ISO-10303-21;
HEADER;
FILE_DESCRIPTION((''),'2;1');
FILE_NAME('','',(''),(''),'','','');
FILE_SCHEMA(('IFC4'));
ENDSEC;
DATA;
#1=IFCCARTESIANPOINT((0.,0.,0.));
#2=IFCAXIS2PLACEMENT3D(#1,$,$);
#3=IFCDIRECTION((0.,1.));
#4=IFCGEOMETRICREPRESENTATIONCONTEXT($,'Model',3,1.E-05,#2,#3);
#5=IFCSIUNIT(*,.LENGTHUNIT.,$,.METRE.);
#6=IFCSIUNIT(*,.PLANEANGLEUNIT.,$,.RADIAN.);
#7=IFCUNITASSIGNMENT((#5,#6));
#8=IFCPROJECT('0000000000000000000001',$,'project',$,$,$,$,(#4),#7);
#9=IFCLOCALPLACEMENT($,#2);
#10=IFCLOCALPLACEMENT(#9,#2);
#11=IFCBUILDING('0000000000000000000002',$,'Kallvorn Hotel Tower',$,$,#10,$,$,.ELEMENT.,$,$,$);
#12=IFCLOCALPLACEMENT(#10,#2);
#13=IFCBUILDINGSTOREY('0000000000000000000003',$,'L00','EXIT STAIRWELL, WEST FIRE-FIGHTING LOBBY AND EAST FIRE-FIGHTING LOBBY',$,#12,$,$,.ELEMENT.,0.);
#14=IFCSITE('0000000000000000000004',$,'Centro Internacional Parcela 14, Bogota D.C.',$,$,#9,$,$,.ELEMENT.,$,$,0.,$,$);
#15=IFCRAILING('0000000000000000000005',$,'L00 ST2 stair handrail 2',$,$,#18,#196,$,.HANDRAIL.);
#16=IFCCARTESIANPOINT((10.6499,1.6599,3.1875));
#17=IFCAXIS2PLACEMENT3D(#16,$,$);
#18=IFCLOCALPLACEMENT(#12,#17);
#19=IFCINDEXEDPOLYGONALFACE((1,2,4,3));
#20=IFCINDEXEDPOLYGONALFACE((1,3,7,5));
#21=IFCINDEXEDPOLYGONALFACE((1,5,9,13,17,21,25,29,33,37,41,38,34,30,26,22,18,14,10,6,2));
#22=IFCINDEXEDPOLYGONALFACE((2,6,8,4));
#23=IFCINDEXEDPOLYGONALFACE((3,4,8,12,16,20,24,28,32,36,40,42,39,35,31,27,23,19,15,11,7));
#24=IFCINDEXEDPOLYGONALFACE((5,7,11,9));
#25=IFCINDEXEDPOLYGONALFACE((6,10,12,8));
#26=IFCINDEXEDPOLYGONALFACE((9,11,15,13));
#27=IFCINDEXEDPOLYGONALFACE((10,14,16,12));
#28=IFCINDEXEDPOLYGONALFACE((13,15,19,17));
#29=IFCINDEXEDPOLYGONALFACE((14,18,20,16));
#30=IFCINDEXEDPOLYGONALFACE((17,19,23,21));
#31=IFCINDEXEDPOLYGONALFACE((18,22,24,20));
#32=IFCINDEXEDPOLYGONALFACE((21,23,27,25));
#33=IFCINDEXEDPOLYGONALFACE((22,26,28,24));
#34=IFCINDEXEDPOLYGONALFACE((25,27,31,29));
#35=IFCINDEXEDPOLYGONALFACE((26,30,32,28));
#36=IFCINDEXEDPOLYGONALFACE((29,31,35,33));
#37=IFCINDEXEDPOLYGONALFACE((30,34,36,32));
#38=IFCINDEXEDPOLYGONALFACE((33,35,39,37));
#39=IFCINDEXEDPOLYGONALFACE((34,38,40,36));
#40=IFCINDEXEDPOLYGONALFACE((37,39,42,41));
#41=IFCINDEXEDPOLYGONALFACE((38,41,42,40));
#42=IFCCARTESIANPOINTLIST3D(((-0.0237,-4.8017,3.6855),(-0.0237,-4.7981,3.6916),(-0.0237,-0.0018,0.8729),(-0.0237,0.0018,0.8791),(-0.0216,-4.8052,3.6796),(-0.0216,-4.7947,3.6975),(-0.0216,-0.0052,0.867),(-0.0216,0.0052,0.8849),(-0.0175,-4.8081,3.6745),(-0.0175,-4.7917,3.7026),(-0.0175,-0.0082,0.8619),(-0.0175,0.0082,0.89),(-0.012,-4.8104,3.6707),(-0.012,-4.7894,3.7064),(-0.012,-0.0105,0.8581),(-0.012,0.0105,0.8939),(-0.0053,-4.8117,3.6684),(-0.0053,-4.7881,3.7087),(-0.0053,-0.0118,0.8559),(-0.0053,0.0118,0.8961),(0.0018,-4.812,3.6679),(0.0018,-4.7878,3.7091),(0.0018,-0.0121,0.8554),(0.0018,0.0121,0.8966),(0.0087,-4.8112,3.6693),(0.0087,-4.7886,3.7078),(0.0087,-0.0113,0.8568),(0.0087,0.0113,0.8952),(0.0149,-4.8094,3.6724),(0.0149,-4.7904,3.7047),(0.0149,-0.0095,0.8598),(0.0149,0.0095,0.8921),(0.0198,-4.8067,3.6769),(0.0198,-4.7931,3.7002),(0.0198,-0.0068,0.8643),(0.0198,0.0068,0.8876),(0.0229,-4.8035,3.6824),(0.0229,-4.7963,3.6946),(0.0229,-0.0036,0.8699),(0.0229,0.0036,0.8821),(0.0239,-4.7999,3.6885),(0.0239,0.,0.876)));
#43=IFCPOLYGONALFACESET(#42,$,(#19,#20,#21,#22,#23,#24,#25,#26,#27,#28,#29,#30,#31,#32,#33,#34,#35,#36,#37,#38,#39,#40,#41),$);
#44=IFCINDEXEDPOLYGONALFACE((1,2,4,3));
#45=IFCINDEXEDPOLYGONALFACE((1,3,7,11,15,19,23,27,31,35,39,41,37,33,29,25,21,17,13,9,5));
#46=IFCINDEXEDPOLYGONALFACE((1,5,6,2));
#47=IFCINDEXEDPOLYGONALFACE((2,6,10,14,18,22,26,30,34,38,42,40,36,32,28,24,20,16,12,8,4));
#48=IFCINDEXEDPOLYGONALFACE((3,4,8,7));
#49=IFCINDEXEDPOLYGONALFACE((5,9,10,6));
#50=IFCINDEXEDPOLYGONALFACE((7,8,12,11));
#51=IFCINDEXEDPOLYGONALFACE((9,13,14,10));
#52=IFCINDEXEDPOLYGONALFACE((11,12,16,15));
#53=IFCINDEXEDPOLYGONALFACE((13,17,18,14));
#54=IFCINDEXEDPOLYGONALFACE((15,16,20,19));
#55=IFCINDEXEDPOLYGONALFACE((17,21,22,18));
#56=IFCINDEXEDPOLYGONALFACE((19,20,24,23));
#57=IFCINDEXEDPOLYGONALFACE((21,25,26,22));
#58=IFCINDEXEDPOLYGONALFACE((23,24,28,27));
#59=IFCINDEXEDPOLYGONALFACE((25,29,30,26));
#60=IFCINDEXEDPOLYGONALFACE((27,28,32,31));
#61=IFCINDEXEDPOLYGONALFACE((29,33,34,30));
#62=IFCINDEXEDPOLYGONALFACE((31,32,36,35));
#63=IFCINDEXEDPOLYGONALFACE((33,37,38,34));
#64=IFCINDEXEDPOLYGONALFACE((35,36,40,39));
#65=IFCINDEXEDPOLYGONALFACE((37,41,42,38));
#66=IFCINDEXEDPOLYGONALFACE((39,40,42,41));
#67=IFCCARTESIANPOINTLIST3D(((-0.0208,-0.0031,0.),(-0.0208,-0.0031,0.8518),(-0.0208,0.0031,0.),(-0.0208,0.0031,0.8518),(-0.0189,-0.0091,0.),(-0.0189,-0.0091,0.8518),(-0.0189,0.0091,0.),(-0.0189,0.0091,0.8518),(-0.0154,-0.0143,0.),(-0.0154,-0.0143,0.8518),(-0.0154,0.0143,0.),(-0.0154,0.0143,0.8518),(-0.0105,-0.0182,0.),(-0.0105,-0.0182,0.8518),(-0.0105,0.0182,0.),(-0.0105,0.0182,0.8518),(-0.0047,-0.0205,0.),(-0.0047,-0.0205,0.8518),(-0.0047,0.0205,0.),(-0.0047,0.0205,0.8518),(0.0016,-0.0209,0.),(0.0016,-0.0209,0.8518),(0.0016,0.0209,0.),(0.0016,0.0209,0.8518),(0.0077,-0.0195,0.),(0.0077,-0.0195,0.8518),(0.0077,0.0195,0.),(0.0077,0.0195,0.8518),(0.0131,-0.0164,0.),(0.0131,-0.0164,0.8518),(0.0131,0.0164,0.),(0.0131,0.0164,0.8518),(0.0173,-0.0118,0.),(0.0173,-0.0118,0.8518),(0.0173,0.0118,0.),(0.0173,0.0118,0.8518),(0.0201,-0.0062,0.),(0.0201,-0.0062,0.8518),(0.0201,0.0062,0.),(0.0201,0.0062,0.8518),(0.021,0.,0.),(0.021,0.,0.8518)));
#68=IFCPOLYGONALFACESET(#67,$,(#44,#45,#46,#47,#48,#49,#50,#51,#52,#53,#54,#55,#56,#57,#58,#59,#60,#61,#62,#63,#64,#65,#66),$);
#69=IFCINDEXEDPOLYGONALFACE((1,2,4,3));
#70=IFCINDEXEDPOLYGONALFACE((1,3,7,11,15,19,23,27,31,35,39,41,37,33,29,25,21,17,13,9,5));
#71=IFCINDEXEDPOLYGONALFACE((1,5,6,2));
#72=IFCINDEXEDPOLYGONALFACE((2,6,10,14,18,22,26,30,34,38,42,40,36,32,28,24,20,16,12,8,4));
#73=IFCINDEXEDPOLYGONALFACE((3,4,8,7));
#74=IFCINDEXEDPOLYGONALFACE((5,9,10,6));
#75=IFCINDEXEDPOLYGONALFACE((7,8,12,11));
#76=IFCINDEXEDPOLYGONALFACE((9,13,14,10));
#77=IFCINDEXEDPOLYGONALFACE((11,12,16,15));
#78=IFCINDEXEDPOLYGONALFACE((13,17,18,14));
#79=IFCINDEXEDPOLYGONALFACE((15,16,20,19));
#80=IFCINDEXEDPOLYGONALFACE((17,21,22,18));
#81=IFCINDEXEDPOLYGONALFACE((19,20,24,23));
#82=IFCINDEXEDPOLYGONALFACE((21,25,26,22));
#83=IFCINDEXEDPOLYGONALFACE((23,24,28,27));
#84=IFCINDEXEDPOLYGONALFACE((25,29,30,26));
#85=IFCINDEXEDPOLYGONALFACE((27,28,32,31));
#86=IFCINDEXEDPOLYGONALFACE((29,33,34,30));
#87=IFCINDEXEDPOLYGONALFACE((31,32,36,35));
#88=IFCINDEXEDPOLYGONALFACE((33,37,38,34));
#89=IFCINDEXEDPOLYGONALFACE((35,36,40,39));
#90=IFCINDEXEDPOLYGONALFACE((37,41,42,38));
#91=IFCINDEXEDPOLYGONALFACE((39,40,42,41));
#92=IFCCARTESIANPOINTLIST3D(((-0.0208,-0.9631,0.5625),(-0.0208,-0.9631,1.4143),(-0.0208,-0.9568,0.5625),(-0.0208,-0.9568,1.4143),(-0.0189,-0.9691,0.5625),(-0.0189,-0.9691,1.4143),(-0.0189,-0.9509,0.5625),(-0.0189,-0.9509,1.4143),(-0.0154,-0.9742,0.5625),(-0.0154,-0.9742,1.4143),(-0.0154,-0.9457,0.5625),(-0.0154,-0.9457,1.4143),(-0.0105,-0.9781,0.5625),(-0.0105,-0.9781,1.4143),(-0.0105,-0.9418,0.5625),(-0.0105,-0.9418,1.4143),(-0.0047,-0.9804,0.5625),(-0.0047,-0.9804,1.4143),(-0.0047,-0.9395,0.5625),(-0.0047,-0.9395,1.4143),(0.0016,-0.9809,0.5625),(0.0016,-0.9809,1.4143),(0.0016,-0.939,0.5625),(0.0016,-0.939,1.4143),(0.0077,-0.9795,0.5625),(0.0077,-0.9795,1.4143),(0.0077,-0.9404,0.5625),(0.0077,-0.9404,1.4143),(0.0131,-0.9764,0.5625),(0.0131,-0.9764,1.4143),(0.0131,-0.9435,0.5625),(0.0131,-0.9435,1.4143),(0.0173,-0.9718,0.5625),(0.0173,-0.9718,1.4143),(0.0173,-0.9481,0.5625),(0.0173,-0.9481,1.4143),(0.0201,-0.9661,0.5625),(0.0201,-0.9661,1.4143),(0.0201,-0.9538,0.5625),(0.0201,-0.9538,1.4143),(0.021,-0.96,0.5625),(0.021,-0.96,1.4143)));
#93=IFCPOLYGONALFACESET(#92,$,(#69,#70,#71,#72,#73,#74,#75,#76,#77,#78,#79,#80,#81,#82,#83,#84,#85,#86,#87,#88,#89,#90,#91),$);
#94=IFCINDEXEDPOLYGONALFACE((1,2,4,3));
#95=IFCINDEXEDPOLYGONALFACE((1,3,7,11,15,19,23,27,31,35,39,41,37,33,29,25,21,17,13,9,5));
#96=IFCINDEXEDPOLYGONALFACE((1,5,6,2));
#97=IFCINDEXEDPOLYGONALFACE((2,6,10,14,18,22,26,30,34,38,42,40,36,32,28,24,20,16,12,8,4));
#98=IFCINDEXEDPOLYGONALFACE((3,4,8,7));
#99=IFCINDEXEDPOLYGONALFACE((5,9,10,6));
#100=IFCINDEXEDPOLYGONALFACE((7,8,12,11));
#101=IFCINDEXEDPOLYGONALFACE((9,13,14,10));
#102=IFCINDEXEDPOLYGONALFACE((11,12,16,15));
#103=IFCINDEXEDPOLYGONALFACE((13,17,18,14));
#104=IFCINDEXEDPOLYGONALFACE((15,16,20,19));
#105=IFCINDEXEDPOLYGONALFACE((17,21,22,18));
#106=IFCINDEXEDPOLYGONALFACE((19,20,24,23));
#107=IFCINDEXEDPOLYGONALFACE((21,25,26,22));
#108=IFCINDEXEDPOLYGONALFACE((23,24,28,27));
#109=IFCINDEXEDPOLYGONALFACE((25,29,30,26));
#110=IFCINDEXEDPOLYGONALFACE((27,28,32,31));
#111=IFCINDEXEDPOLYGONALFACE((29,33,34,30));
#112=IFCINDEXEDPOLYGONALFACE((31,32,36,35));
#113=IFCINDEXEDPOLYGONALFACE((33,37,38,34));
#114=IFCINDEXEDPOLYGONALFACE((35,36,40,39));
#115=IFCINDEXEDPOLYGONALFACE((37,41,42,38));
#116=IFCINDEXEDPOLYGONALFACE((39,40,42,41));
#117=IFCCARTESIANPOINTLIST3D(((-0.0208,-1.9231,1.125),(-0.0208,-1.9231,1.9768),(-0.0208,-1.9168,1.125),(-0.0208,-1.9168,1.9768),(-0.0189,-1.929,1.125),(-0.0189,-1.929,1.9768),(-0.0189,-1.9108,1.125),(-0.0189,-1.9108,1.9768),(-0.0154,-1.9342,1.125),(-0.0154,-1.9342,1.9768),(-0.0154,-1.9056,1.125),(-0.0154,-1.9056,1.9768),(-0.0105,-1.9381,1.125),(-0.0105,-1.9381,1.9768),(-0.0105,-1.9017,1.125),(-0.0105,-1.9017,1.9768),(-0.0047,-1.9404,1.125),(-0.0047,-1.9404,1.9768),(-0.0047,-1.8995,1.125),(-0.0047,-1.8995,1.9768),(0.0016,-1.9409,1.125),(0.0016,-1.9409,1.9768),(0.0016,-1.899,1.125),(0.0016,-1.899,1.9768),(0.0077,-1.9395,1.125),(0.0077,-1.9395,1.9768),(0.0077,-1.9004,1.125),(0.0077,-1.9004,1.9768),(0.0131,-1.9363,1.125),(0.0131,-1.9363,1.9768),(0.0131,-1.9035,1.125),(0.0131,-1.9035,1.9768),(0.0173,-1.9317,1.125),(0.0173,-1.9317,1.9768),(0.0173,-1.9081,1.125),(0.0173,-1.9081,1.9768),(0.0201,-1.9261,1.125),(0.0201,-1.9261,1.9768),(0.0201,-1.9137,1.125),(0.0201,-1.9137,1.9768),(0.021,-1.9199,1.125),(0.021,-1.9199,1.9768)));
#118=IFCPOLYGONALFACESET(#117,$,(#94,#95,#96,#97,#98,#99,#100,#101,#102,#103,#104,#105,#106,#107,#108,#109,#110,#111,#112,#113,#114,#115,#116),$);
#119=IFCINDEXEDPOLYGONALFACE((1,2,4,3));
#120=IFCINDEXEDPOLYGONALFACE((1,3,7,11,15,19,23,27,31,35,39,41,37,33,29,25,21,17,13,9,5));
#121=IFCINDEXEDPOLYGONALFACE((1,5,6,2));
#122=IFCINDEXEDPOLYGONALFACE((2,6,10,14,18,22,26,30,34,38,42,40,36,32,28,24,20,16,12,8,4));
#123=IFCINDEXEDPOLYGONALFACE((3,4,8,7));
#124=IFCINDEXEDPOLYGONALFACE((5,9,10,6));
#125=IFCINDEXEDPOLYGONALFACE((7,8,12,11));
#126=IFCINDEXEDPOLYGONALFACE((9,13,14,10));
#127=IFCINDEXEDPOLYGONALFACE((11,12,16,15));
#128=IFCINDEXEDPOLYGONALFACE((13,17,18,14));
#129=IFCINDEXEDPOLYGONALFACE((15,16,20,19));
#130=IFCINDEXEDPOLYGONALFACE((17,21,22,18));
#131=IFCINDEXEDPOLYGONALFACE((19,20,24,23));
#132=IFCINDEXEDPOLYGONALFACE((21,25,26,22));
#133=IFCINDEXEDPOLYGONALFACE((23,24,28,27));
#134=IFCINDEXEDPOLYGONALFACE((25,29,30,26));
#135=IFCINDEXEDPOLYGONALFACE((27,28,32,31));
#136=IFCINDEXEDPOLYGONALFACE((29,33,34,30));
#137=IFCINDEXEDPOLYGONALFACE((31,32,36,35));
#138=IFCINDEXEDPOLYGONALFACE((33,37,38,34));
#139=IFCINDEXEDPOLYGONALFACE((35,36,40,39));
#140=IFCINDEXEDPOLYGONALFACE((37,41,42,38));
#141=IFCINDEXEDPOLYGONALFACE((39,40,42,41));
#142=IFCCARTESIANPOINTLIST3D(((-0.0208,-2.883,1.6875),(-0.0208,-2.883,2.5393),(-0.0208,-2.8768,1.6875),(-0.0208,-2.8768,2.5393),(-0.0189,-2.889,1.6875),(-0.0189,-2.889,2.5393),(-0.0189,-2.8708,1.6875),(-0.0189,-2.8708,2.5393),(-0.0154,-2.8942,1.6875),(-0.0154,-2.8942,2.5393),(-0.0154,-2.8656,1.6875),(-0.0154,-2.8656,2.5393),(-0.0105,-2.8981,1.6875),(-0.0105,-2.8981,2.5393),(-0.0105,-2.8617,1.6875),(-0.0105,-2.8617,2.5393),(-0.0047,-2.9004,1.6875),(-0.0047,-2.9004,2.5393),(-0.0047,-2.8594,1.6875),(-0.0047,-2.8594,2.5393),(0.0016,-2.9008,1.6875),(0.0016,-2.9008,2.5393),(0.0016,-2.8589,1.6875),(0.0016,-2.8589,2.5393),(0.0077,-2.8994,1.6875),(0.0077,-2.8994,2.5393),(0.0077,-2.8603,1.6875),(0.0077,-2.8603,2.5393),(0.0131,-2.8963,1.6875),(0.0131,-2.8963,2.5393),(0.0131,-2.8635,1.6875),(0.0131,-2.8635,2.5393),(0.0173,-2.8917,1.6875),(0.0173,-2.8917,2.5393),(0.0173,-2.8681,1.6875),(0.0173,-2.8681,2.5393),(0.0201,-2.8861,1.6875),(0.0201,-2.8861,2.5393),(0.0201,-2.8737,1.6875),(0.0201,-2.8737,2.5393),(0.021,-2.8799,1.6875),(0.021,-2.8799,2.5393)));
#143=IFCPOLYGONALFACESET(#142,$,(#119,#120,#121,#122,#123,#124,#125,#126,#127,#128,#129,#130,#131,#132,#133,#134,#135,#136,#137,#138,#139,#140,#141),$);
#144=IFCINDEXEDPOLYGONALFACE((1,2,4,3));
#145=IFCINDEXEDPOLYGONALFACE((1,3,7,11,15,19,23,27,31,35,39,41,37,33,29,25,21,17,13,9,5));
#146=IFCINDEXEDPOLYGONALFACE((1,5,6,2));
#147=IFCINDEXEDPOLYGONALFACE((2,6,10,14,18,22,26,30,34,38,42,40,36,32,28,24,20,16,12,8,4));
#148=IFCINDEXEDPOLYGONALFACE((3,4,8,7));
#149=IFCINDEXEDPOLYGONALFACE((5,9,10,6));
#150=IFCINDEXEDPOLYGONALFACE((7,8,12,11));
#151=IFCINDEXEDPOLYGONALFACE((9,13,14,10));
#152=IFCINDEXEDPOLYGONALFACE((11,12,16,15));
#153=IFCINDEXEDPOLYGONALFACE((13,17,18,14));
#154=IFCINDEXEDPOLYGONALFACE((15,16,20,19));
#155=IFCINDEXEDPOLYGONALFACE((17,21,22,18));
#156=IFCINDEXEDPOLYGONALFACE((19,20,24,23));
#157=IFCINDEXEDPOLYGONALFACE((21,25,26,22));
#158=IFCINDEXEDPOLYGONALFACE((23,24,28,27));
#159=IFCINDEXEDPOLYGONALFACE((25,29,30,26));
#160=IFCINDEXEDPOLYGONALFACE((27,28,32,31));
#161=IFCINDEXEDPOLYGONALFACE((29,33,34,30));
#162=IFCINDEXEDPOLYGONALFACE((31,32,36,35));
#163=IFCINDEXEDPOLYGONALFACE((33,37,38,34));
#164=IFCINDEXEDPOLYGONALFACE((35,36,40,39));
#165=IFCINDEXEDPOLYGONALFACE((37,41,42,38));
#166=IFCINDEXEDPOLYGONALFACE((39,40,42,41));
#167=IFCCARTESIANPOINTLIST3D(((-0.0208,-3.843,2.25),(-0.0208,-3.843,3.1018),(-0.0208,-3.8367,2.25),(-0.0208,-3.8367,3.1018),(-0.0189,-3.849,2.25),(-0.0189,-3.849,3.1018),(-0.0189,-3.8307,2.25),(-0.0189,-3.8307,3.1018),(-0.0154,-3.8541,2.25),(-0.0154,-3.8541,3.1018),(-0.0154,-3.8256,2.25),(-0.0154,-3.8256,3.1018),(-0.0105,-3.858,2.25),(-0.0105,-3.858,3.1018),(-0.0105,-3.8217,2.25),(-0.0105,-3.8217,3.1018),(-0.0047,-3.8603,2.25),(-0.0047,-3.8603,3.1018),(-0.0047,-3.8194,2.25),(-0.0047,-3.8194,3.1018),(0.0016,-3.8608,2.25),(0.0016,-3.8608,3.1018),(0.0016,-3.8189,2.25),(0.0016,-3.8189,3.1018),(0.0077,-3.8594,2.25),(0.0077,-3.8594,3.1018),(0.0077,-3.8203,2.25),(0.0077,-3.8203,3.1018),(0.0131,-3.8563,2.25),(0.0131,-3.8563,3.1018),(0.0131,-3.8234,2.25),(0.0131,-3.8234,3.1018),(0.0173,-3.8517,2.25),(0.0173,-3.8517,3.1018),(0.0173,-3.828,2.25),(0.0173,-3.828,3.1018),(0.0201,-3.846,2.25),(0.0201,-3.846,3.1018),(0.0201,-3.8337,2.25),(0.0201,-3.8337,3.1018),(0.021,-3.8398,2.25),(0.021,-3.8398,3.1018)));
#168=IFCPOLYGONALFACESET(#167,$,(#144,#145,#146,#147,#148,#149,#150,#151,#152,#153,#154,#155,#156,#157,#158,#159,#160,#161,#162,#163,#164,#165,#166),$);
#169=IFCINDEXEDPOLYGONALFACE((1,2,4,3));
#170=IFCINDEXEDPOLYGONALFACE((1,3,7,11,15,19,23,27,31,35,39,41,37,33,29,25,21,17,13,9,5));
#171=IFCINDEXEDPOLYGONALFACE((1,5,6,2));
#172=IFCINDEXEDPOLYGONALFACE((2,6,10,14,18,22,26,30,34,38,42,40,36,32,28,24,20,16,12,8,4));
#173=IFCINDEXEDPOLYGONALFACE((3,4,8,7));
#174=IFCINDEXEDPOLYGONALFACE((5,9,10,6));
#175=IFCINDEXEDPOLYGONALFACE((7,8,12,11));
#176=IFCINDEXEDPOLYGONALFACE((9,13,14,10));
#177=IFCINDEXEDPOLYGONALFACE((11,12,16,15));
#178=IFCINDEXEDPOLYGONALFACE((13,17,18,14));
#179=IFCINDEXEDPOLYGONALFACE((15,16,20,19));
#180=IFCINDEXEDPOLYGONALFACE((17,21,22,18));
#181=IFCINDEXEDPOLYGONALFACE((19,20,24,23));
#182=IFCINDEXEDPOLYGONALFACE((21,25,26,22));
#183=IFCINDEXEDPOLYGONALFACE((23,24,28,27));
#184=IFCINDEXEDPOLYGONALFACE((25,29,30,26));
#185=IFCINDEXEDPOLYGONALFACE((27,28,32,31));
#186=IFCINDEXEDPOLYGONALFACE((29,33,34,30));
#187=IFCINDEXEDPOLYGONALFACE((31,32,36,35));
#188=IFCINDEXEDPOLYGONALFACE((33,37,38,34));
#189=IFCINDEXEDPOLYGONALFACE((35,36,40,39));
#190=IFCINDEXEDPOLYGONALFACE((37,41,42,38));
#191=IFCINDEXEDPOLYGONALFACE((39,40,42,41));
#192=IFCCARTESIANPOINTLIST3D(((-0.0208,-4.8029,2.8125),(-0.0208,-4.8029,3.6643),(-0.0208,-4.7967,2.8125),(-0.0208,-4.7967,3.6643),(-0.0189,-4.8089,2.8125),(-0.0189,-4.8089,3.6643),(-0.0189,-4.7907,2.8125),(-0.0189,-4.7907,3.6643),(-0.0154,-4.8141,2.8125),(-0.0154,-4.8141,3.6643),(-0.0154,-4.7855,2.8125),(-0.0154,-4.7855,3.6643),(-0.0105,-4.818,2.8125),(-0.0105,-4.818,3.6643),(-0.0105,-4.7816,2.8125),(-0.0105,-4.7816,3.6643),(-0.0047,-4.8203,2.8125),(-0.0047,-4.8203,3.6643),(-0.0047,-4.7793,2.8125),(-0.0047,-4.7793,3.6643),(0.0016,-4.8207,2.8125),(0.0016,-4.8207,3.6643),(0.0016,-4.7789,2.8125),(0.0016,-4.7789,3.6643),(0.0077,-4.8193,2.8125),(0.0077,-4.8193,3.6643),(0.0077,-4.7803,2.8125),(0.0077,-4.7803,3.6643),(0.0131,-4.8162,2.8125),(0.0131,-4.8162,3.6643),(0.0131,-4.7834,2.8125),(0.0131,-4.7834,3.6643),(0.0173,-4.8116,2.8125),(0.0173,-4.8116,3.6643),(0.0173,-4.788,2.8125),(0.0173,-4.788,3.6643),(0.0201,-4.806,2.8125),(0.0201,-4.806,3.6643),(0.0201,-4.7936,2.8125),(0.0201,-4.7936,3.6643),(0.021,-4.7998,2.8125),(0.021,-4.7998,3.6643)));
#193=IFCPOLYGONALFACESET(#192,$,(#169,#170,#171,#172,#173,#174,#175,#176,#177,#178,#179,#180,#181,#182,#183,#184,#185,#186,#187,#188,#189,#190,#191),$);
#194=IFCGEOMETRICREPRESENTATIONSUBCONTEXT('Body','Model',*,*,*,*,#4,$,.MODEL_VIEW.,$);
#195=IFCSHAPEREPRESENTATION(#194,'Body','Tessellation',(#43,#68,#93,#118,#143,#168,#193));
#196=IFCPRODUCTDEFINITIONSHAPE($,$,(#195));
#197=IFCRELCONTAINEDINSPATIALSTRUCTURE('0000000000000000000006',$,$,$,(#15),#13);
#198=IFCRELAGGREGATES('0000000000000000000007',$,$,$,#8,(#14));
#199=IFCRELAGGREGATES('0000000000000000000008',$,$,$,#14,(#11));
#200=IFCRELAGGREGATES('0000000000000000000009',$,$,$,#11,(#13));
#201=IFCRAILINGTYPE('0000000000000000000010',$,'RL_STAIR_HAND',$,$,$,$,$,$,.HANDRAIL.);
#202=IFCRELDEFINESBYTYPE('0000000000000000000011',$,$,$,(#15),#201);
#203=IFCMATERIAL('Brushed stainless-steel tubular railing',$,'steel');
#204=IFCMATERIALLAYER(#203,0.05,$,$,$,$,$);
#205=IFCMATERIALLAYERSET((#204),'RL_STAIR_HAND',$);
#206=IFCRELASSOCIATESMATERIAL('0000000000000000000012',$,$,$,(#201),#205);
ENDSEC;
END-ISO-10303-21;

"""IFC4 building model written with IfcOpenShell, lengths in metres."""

from ifc_helpers import new_model, si_unit, direction, frame, origin, origin_2d, place, context, subcontext, project, spatial, circle, extrude, material, layer, layer_set, type_object, element, save


model = new_model("IFC4")

# Units and contexts
model_context = context("Model", 3, precision=1e-05, world=origin(), true_north=direction((0.0, 1.0)))
body_context = subcontext(model_context, "Body", "Model", "MODEL_VIEW")
ifc_project = project(units=[si_unit("LENGTHUNIT", "METRE"), si_unit("PLANEANGLEUNIT", "RADIAN")], contexts=[model_context])

# Site, building, storey
site_placement = place(None, origin())
site = spatial("IfcSite", under=ifc_project, at=site_placement, Name="Centro Internacional Parcela 14, Bogota D.C.", CompositionType="ELEMENT", RefElevation=0.0)
building_placement = place(site_placement, origin())
building = spatial("IfcBuilding", under=site, at=building_placement, Name="Kallvorn Hotel Tower", CompositionType="ELEMENT")
storey_placement = place(building_placement, origin())
storey = spatial("IfcBuildingStorey", under=building, at=storey_placement, Name="L00", Description="EXIT STAIRWELL, WEST FIRE-FIGHTING LOBBY AND EAST FIRE-FIGHTING LOBBY", CompositionType="ELEMENT", Elevation=0.0)

# Railing
ifc_material_1 = material(Name="Brushed stainless-steel tubular railing", Category="steel")
ifc_layer_1 = layer(ifc_material_1, 0.05)
ifc_layer_set_1 = layer_set([ifc_layer_1], Name="RL_STAIR_HAND")
railing_type_1 = type_object("IfcRailingType", Name="RL_STAIR_HAND", PredefinedType="HANDRAIL", material=ifc_layer_set_1)
railing_1_placement = place(storey_placement, frame((10.6499, 1.6599, 3.1875)))
element("IfcRailing", 1, at=railing_1_placement, inside=storey, type_object=railing_type_1, Name="L00 ST2 stair handrail 2", PredefinedType="HANDRAIL", context=body_context, shape_type="SweptSolid", body=[
    extrude(circle(Radius=0.0239, at=origin_2d()), frame((0.0, 0.0, 0.876), z_axis=(0.0, -0.86279, 0.505562), x_axis=(1.0, 0.0, 0.0)), (0.0, 0.0, 1.0), 5.5632),
    extrude(circle(Radius=0.021, at=origin_2d()), origin(), (0.0, 0.0, 1.0), 0.8518),
    extrude(circle(Radius=0.021, at=origin_2d()), frame((0.0, -0.96, 0.5625)), (0.0, 0.0, 1.0), 0.8518),
    extrude(circle(Radius=0.021, at=origin_2d()), frame((0.0, -1.9199, 1.125)), (0.0, 0.0, 1.0), 0.8518),
    extrude(circle(Radius=0.021, at=origin_2d()), frame((0.0, -2.8799, 1.6875)), (0.0, 0.0, 1.0), 0.8518),
    extrude(circle(Radius=0.021, at=origin_2d()), frame((0.0, -3.8398, 2.25)), (0.0, 0.0, 1.0), 0.8518),
    extrude(circle(Radius=0.021, at=origin_2d()), frame((0.0, -4.7998, 2.8125)), (0.0, 0.0, 1.0), 0.8518),
])

save(model, "model.ifc")
